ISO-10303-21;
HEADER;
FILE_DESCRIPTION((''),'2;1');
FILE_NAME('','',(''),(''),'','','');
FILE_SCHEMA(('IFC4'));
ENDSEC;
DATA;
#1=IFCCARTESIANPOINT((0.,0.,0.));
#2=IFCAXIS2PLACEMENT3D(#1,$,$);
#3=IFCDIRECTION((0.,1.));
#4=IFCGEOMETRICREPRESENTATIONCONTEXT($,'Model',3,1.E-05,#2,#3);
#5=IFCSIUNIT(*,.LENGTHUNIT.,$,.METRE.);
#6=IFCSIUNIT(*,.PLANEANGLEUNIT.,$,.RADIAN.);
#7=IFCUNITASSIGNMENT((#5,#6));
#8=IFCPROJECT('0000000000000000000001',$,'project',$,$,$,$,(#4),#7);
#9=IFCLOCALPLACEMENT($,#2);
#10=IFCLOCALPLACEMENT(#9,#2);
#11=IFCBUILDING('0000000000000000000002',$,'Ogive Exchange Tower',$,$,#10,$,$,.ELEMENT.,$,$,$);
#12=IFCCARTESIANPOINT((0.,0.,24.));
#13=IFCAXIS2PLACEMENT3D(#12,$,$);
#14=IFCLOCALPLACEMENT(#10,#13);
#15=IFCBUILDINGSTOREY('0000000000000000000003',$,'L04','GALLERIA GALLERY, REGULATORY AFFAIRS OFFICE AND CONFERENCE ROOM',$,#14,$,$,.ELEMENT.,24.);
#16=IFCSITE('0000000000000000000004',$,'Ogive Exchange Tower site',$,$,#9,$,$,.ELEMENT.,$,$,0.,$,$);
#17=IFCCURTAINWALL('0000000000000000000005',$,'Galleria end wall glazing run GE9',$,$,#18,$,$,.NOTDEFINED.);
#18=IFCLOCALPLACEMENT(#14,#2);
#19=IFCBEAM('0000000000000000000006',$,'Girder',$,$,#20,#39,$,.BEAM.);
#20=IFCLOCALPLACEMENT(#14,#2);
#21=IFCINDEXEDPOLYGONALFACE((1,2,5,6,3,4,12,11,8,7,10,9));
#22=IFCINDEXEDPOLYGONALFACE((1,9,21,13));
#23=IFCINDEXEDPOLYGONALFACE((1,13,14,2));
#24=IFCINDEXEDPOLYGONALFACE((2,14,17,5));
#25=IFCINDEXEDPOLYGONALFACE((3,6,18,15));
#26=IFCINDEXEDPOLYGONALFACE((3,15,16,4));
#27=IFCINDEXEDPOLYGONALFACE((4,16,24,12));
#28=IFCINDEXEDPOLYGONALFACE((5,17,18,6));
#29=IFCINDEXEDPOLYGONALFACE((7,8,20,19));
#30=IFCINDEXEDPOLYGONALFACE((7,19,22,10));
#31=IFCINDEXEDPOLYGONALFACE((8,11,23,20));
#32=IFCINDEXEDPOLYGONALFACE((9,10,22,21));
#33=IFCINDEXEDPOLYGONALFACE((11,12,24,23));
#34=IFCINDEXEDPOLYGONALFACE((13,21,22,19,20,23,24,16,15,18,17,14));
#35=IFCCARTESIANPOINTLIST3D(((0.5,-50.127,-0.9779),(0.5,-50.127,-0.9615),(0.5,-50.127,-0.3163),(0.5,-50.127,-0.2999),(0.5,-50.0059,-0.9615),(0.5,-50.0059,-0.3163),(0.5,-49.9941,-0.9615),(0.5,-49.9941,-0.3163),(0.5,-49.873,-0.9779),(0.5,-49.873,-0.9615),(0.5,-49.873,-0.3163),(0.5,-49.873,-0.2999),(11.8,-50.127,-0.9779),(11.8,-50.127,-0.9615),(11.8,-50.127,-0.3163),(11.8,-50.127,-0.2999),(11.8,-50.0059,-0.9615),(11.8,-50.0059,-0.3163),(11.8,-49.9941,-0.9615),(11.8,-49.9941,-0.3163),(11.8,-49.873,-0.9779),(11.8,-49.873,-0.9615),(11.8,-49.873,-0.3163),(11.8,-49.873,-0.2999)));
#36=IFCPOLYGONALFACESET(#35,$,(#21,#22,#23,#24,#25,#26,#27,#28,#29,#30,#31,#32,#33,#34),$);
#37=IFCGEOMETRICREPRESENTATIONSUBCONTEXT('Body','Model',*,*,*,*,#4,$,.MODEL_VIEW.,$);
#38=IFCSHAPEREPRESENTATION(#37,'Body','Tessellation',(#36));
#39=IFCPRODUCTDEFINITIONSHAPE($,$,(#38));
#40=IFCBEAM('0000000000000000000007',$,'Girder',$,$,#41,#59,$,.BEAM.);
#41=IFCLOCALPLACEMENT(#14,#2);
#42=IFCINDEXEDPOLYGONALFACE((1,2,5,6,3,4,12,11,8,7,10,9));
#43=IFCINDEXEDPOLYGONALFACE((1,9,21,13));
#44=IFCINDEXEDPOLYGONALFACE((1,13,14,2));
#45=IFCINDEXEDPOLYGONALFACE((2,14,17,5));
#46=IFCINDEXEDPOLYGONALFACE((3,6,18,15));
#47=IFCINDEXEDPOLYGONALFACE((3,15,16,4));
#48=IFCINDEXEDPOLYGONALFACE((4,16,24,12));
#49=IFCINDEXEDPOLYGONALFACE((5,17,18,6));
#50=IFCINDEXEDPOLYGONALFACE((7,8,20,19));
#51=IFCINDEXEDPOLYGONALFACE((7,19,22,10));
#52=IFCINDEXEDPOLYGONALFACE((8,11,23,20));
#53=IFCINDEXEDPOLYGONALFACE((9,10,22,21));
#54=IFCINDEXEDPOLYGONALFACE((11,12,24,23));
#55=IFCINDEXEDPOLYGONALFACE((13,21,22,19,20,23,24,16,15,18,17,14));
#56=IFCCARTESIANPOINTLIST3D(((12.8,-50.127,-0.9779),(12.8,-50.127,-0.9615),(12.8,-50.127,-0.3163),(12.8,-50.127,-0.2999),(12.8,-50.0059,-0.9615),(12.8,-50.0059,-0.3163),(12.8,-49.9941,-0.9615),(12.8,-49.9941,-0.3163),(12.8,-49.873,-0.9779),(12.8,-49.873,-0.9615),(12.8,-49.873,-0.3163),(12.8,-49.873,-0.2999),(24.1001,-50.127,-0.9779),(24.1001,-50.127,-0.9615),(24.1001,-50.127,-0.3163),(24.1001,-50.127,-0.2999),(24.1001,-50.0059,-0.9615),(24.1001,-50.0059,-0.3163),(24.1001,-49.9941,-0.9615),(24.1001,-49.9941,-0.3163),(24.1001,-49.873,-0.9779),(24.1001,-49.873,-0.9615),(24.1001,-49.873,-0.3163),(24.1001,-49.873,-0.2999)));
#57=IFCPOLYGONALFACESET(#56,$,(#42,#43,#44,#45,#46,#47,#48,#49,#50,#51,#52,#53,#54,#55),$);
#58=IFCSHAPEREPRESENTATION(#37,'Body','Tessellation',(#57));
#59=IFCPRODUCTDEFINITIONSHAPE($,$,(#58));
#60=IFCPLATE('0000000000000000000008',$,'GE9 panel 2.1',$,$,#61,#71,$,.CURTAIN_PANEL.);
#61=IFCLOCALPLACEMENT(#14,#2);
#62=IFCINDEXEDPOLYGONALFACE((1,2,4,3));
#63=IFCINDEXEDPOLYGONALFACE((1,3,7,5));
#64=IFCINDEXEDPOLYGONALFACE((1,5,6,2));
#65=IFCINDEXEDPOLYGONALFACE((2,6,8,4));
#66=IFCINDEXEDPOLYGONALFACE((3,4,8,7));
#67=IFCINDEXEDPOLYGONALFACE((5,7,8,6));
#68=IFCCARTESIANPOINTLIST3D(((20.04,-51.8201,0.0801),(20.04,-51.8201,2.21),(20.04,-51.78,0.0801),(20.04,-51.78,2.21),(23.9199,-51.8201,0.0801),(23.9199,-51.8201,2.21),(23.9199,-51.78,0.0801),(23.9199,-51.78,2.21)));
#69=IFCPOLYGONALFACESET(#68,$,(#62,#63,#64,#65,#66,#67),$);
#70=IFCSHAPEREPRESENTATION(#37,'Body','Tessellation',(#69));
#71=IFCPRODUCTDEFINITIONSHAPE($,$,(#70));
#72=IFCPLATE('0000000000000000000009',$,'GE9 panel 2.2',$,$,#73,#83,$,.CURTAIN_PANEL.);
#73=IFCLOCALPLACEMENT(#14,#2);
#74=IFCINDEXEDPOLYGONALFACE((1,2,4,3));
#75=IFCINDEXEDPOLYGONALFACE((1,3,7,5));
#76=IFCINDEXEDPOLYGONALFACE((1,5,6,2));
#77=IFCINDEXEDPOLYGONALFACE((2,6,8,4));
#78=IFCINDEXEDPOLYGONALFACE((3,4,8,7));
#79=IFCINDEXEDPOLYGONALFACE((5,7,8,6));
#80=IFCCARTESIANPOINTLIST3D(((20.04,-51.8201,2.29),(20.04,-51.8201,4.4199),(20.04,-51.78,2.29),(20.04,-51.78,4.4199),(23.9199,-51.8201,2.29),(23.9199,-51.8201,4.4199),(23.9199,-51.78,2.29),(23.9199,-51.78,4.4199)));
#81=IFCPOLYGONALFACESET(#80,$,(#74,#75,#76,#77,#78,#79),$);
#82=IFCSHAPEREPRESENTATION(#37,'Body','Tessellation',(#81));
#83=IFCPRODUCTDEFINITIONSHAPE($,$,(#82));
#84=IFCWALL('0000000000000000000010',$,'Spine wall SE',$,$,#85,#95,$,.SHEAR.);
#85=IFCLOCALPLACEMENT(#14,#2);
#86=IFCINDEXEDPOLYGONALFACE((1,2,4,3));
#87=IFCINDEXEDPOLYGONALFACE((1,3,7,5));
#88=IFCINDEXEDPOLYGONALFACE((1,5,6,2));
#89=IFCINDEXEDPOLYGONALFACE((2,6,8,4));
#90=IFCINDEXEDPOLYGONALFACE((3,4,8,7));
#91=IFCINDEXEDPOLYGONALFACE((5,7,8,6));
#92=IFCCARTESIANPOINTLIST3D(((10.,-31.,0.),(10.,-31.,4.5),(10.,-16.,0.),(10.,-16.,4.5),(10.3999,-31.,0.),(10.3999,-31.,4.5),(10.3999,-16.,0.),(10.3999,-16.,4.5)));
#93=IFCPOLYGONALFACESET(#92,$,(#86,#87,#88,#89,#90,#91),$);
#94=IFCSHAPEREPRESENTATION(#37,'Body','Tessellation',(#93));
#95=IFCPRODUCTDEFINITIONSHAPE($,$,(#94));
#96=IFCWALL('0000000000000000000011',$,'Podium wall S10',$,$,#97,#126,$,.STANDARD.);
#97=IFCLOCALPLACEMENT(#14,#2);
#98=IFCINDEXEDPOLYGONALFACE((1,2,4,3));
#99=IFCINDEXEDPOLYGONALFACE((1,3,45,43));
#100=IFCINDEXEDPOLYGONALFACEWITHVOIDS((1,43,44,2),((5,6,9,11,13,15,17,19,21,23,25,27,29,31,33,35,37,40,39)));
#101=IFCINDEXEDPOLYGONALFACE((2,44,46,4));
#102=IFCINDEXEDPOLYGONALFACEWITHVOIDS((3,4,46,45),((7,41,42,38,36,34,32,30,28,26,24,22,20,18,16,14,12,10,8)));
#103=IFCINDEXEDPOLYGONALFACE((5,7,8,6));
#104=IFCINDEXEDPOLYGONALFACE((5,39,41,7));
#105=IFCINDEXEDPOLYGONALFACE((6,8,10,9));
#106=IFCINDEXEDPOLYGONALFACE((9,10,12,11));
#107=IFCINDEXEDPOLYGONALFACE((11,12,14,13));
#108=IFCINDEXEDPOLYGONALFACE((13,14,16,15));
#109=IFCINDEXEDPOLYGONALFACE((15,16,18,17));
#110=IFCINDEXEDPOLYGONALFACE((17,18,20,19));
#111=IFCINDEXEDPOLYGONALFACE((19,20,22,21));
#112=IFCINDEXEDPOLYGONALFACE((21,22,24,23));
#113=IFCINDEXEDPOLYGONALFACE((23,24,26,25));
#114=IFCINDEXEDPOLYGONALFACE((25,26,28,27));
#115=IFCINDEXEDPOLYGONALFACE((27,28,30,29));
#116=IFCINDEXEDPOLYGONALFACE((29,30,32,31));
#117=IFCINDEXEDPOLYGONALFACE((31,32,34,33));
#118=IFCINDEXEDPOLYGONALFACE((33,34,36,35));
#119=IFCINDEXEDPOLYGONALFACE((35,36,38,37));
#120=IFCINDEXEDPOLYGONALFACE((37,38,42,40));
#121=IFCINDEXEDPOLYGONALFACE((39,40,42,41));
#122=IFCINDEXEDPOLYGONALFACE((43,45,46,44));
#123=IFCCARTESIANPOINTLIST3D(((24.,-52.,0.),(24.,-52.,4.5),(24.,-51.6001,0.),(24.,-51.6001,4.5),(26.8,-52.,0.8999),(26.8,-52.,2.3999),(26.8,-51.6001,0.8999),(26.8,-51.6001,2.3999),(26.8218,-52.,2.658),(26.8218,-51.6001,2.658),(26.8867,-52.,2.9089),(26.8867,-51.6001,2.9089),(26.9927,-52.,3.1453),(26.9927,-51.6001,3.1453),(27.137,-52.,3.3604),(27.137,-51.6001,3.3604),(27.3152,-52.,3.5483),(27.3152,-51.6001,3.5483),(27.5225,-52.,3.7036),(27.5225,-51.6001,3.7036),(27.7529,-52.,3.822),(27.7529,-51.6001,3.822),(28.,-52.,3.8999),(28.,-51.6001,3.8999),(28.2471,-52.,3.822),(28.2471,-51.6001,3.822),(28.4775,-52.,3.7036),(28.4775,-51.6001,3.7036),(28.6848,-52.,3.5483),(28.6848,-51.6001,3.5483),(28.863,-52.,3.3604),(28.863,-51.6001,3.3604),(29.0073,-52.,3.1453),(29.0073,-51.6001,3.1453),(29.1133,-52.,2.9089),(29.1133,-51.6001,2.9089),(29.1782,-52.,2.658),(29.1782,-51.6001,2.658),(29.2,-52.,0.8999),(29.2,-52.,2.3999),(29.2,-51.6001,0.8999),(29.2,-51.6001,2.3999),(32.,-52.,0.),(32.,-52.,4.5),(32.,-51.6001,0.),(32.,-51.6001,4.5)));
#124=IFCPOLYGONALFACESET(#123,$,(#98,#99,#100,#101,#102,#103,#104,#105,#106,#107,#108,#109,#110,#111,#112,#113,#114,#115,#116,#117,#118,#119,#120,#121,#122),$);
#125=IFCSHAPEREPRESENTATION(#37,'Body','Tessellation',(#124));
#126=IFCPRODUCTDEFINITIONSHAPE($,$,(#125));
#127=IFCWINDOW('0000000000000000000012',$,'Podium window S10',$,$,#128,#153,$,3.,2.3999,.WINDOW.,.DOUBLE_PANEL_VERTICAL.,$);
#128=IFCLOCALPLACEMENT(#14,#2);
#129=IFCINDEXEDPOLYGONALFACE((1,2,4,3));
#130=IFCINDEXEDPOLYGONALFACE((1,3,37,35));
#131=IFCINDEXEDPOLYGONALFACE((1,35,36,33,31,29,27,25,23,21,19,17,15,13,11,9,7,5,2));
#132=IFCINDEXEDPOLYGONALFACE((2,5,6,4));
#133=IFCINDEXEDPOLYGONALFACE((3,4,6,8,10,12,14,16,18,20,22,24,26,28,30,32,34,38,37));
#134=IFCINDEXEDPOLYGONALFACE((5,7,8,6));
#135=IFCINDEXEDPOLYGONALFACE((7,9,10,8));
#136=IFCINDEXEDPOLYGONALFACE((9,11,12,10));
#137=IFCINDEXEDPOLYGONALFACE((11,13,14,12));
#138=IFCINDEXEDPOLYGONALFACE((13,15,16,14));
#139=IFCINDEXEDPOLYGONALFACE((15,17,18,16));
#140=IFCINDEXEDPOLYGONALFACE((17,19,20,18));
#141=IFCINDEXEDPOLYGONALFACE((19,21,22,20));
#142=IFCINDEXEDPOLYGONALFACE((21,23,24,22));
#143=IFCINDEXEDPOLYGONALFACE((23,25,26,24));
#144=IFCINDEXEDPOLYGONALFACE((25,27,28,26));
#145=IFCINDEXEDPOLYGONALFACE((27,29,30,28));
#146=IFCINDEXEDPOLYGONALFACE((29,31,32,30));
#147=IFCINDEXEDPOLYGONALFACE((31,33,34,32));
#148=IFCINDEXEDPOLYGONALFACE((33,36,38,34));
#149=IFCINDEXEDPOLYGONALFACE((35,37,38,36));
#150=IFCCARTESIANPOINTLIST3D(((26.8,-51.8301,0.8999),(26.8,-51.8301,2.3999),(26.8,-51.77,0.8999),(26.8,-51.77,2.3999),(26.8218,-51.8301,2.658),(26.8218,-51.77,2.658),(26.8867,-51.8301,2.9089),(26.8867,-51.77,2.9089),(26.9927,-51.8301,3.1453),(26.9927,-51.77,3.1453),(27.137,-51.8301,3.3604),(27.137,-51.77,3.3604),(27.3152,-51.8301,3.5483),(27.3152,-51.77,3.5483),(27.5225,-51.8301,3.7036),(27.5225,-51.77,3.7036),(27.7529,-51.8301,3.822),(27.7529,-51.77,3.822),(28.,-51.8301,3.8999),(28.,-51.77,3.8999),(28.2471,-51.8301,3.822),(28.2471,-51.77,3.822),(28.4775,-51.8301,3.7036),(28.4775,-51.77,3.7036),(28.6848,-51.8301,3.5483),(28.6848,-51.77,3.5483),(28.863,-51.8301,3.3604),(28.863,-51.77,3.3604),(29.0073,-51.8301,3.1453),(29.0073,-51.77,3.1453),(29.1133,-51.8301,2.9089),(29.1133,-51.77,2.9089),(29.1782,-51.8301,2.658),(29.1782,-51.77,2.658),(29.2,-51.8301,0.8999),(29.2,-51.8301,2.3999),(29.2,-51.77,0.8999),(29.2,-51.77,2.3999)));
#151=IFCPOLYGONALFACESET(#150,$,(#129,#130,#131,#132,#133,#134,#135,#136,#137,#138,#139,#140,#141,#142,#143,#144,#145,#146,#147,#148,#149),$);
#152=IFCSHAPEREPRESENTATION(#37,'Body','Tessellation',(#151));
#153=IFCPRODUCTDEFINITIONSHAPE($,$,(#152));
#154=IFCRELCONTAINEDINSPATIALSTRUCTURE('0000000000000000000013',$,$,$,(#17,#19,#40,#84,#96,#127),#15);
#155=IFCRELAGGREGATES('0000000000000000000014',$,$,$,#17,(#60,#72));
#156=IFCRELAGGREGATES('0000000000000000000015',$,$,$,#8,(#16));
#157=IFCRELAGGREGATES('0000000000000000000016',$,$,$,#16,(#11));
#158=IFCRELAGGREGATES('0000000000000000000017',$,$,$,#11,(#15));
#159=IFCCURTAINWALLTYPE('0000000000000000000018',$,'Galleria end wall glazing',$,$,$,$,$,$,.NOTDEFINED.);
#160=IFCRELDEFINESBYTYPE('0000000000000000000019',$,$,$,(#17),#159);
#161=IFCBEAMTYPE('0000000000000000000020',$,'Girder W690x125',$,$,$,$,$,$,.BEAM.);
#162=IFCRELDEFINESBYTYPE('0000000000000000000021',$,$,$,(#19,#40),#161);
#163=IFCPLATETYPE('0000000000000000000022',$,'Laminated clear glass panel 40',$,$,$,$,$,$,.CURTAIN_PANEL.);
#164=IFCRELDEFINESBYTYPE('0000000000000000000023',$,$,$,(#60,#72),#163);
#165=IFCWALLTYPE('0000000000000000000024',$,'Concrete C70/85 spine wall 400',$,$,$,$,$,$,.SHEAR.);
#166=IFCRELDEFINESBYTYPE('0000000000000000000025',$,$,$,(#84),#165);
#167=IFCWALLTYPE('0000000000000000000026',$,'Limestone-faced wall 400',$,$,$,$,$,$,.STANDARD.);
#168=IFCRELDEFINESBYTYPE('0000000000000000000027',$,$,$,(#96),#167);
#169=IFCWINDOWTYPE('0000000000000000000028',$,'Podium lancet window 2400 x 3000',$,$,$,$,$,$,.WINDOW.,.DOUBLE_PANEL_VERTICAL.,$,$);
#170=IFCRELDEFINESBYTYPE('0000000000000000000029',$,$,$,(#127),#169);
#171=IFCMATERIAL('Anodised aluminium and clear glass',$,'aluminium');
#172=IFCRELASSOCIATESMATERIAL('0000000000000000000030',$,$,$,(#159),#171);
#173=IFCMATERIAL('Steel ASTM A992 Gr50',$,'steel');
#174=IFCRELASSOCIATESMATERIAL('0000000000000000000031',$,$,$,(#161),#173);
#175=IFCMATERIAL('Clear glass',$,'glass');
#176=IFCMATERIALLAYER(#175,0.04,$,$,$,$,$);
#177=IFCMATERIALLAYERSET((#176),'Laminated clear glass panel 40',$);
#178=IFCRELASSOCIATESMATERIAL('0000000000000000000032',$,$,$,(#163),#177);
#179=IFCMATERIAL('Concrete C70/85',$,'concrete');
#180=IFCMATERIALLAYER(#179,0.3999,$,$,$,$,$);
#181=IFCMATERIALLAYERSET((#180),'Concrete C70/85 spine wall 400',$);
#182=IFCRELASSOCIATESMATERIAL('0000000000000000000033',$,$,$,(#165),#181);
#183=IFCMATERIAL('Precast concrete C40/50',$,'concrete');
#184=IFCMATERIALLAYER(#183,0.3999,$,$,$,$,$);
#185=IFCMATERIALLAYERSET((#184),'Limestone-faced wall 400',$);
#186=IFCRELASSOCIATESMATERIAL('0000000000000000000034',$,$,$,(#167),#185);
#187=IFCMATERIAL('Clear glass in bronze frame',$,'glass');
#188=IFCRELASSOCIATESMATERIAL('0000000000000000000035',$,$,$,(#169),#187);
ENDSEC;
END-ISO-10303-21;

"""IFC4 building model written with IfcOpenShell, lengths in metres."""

from ifc_helpers import new_model, si_unit, direction, frame, frame_2d, origin, origin_2d, place, context, subcontext, project, spatial, polyline, rectangle, i_section, outline, extrude, material, layer, layer_set, material_profile, profile_set, type_object, element, fill, aggregate, save


model = new_model("IFC4")

# Units and contexts
model_context = context("Model", 3, precision=1e-05, world=origin(), true_north=direction((0.0, 1.0)))
body_context = subcontext(model_context, "Body", "Model", "MODEL_VIEW")
ifc_project = project(units=[si_unit("LENGTHUNIT", "METRE"), si_unit("PLANEANGLEUNIT", "RADIAN")], contexts=[model_context])

# Site, building, storey
site_placement = place(None, origin())
site = spatial("IfcSite", under=ifc_project, at=site_placement, Name="Ogive Exchange Tower site", CompositionType="ELEMENT", RefElevation=0.0)
building_placement = place(site_placement, origin())
building = spatial("IfcBuilding", under=site, at=building_placement, Name="Ogive Exchange Tower", CompositionType="ELEMENT")
storey_placement = place(building_placement, frame((0.0, 0.0, 24.0)))
storey = spatial("IfcBuildingStorey", under=building, at=storey_placement, Name="L04", Description="GALLERIA GALLERY, REGULATORY AFFAIRS OFFICE AND CONFERENCE ROOM", CompositionType="ELEMENT", Elevation=24.0)

# Shared definitions
ifc_material_1 = material(Name="Concrete C70/85", Category="concrete")

# Shared definitions
ifc_material_2 = material(Name="Steel ASTM A992 Gr50", Category="steel")

# Curtain wall
ifc_material_3 = material(Name="Anodised aluminium and clear glass", Category="aluminium")
curtain_wall_type = type_object("IfcCurtainWallType", Name="Galleria end wall glazing", PredefinedType="NOTDEFINED", material=ifc_material_3)
curtain_wall_placement = place(storey_placement, origin())
curtain_wall = element("IfcCurtainWall", 1, at=curtain_wall_placement, inside=storey, type_object=curtain_wall_type, Name="Galleria end wall glazing run GE9", PredefinedType="NOTDEFINED")

# Beams
ifc_material_profile_1 = material_profile(ifc_material_2, i_section(OverallWidth=0.2539, OverallDepth=0.678, WebThickness=0.0117, FlangeThickness=0.0164, at=origin_2d()), Name="W690x125")
ifc_profile_set_1 = profile_set([ifc_material_profile_1], Name="Steel ASTM A992 Gr50")
beam_type_1 = type_object("IfcBeamType", Name="Girder W690x125", PredefinedType="BEAM", material=ifc_profile_set_1)
for number, where, z_axis, x_axis, name in (
    (2, (0.5, -50.0, -0.6389), (1.0, 0.0, 0.0), (0.0, 1.0, 0.0), "Girder"),
    (3, (12.8, -50.0, -0.6389), (1.0, 0.0, 0.0), (0.0, 1.0, 0.0), "Girder"),
):
    element("IfcBeam", number, at=place(storey_placement, frame(where, z_axis=z_axis, x_axis=x_axis)), inside=storey, type_object=beam_type_1, Name=name, PredefinedType="BEAM", context=body_context, shape_type="SweptSolid", body=[
        extrude(i_section(OverallWidth=0.2539, OverallDepth=0.678, WebThickness=0.0117, FlangeThickness=0.0164, at=origin_2d()), origin(), (0.0, 0.0, 1.0), 11.3),
    ])

# Plates
ifc_material_4 = material(Name="Clear glass", Category="glass")
ifc_layer_1 = layer(ifc_material_4, 0.04)
ifc_layer_set_1 = layer_set([ifc_layer_1], Name="Laminated clear glass panel 40")
plate_type = type_object("IfcPlateType", Name="Laminated clear glass panel 40", PredefinedType="CURTAIN_PANEL", material=ifc_layer_set_1)
plate_1_placement = place(storey_placement, frame((21.98, -51.8, 0.0801), z_axis=(0.0, 0.0, 1.0), x_axis=(1.0, 0.0, 0.0)))
plate_1 = element("IfcPlate", 4, at=plate_1_placement, type_object=plate_type, Name="GE9 panel 2.1", PredefinedType="CURTAIN_PANEL", context=body_context, shape_type="SweptSolid", body=[
    extrude(rectangle(XDim=3.8799, YDim=0.04, at=origin_2d()), origin(), (0.0, 0.0, 1.0), 2.1299),
])
plate_2_placement = place(storey_placement, frame((21.98, -51.8, 2.29), z_axis=(0.0, 0.0, 1.0), x_axis=(1.0, 0.0, 0.0)))
plate_2 = element("IfcPlate", 5, at=plate_2_placement, type_object=plate_type, Name="GE9 panel 2.2", PredefinedType="CURTAIN_PANEL", context=body_context, shape_type="SweptSolid", body=[
    extrude(rectangle(XDim=3.8799, YDim=0.04, at=origin_2d()), origin(), (0.0, 0.0, 1.0), 2.1299),
])
aggregate(curtain_wall, [plate_1, plate_2])

# Wall
ifc_layer_2 = layer(ifc_material_1, 0.3999)
ifc_layer_set_2 = layer_set([ifc_layer_2], Name="Concrete C70/85 spine wall 400")
wall_type_1 = type_object("IfcWallType", Name="Concrete C70/85 spine wall 400", PredefinedType="SHEAR", material=ifc_layer_set_2)
wall_1_placement = place(storey_placement, frame((10.2, -31.0, 0.0), z_axis=(0.0, 0.0, 1.0), x_axis=(0.0, 1.0, 0.0)))
element("IfcWall", 6, at=wall_1_placement, inside=storey, type_object=wall_type_1, Name="Spine wall SE", PredefinedType="SHEAR", context=body_context, shape_type="SweptSolid", body=[
    extrude(rectangle(XDim=15.0, YDim=0.3999, at=frame_2d((7.5, 0.0))), origin(), (0.0, 0.0, 1.0), 4.5),
])

# Wall, opening, window
ifc_material_5 = material(Name="Precast concrete C40/50", Category="concrete")
ifc_layer_3 = layer(ifc_material_5, 0.3999)
ifc_layer_set_3 = layer_set([ifc_layer_3], Name="Limestone-faced wall 400")
wall_type_2 = type_object("IfcWallType", Name="Limestone-faced wall 400", PredefinedType="STANDARD", material=ifc_layer_set_3)
wall_2_placement = place(storey_placement, frame((24.0, -51.8, 0.0), z_axis=(0.0, 0.0, 1.0), x_axis=(1.0, 0.0, 0.0)))
wall_2 = element("IfcWall", 7, at=wall_2_placement, inside=storey, type_object=wall_type_2, Name="Podium wall S10", PredefinedType="STANDARD", context=body_context, shape_type="SweptSolid", body=[
    extrude(rectangle(XDim=8.0, YDim=0.3999, at=frame_2d((4.0, 0.0))), origin(), (0.0, 0.0, 1.0), 4.5),
])
opening_placement = place(wall_2_placement, frame((2.8, 0.0, 0.8999)))
opening = element("IfcOpeningElement", 8, at=opening_placement, cuts=wall_2, PredefinedType="OPENING", context=body_context, shape_type="SweptSolid", body=[
    extrude(outline(polyline([(0.0, 0.0), (2.3999, 0.0), (2.3999, 1.5), (2.3782, 1.7581), (2.3132, 2.009), (2.2073, 2.2454), (2.063, 2.4604), (1.8848, 2.6484), (1.6775, 2.8037), (1.447, 2.9221), (1.2, 3.0), (0.9529, 2.9221), (0.7224, 2.8037), (0.5151, 2.6484), (0.3369, 2.4604), (0.1926, 2.2454), (0.0867, 2.009), (0.0217, 1.7581), (0.0, 1.5), (0.0, 0.0)])), frame((0.0, 0.21, 0.0), z_axis=(0.0, -1.0, 0.0), x_axis=(1.0, 0.0, 0.0)), (0.0, 0.0, 1.0), 0.4199),
])
ifc_material_6 = material(Name="Clear glass in bronze frame", Category="glass")
window_type = type_object("IfcWindowType", Name="Podium lancet window 2400 x 3000", PartitioningType="DOUBLE_PANEL_VERTICAL", PredefinedType="WINDOW", material=ifc_material_6)
window_placement = place(opening_placement, origin())
window = element("IfcWindow", 9, at=window_placement, inside=storey, type_object=window_type, Name="Podium window S10", OverallHeight=3.0, OverallWidth=2.3999, PartitioningType="DOUBLE_PANEL_VERTICAL", PredefinedType="WINDOW", context=body_context, shape_type="SweptSolid", body=[
    extrude(outline(polyline([(0.0, 0.0), (2.3999, 0.0), (2.3999, 1.5), (2.3782, 1.7581), (2.3132, 2.009), (2.2073, 2.2454), (2.063, 2.4604), (1.8848, 2.6484), (1.6775, 2.8037), (1.447, 2.9221), (1.2, 3.0), (0.9529, 2.9221), (0.7224, 2.8037), (0.5151, 2.6484), (0.3369, 2.4604), (0.1926, 2.2454), (0.0867, 2.009), (0.0217, 1.7581), (0.0, 1.5), (0.0, 0.0)])), frame((0.0, 0.03, 0.0), z_axis=(0.0, -1.0, 0.0), x_axis=(1.0, 0.0, 0.0)), (0.0, 0.0, 1.0), 0.0601),
])
fill(opening, window)

save(model, "model.ifc")
